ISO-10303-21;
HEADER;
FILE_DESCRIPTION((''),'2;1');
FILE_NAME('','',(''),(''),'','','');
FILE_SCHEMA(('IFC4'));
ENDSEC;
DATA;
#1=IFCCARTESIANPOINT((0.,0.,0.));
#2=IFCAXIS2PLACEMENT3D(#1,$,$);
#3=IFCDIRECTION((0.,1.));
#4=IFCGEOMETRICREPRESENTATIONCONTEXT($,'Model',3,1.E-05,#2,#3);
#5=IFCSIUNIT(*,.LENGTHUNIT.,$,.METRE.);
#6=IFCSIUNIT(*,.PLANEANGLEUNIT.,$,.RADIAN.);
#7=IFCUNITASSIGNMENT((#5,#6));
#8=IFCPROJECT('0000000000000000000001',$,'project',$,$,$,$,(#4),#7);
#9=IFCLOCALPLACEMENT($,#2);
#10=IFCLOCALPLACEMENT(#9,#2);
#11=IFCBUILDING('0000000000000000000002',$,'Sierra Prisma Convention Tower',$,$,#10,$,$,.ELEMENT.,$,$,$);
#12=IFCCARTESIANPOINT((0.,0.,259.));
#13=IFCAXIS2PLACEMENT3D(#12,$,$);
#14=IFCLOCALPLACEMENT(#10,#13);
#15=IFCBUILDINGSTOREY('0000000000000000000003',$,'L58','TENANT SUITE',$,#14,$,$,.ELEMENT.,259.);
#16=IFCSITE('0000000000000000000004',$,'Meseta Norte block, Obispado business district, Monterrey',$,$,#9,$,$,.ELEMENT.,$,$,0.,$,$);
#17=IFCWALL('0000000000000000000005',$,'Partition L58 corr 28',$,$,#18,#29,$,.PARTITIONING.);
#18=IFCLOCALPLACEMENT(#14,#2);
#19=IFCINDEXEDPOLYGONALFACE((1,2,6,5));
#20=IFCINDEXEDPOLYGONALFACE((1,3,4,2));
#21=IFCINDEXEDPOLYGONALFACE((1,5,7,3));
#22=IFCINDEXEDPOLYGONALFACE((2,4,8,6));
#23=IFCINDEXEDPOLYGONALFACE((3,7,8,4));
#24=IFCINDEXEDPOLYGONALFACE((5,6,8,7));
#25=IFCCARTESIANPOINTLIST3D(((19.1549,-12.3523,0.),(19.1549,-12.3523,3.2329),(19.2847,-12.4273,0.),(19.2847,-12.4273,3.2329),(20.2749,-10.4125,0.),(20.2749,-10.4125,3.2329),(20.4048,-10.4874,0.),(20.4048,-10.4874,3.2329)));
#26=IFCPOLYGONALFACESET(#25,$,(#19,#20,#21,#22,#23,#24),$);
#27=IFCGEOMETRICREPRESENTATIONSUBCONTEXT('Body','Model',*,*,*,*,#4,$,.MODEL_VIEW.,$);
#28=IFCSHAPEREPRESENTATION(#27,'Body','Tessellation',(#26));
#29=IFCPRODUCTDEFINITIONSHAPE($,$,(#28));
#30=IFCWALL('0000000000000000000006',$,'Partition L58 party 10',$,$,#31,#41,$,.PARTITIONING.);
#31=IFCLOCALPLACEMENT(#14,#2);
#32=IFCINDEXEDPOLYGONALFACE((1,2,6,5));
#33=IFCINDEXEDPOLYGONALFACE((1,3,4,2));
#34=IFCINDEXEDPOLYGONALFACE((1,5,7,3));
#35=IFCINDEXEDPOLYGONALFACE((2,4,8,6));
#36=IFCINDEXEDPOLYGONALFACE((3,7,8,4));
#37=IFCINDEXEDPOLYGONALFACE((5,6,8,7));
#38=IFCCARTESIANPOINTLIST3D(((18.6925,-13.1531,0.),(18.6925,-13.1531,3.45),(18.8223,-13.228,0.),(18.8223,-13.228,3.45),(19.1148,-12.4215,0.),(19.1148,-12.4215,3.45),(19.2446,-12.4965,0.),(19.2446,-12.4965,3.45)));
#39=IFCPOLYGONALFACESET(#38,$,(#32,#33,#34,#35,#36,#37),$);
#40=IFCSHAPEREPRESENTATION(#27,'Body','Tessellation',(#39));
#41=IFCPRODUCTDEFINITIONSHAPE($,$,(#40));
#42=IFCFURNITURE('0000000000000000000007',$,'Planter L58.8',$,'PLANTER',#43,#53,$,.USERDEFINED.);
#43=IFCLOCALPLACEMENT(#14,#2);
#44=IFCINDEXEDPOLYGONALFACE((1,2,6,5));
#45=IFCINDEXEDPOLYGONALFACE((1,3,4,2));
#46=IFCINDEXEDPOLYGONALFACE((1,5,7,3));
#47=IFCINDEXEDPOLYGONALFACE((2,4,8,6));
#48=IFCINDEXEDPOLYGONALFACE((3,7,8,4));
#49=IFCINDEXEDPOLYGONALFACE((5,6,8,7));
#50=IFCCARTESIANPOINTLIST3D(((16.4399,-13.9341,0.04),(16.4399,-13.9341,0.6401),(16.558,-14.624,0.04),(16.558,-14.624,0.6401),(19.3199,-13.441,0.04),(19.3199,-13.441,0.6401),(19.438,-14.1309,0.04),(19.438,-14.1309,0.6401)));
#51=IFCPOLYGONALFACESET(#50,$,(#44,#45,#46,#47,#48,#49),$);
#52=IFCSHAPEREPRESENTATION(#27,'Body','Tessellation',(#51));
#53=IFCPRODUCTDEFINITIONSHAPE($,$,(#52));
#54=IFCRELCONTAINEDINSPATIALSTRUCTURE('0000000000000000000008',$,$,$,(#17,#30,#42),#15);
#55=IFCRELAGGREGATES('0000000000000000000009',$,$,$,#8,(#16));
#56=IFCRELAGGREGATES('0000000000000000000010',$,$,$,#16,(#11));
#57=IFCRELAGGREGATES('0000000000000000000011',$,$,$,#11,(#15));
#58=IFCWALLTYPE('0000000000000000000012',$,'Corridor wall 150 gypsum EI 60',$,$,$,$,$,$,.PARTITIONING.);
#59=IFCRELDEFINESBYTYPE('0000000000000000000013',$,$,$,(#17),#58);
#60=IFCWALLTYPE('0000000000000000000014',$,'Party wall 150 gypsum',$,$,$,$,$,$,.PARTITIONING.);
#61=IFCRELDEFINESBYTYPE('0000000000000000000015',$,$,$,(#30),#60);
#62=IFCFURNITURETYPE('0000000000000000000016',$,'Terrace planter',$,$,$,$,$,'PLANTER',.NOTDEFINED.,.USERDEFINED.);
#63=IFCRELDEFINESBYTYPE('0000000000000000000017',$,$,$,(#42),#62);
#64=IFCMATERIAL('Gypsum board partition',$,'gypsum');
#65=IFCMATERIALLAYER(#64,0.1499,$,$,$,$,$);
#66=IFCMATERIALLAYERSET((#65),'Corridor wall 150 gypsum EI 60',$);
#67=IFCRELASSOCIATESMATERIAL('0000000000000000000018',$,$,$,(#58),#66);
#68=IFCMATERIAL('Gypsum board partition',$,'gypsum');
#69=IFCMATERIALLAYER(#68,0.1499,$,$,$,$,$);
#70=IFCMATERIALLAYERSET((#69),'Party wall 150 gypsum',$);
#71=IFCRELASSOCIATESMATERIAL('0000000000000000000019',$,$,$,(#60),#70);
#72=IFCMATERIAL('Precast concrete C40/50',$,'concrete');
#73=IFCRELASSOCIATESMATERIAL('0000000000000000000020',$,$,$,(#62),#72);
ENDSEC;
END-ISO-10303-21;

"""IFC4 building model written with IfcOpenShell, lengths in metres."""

from ifc_helpers import new_model, si_unit, direction, frame, frame_2d, origin, origin_2d, place, context, subcontext, project, spatial, rectangle, extrude, material, layer, layer_set, type_object, element, save


model = new_model("IFC4")

# Units and contexts
model_context = context("Model", 3, precision=1e-05, world=origin(), true_north=direction((0.0, 1.0)))
body_context = subcontext(model_context, "Body", "Model", "MODEL_VIEW")
ifc_project = project(units=[si_unit("LENGTHUNIT", "METRE"), si_unit("PLANEANGLEUNIT", "RADIAN")], contexts=[model_context])

# Site, building, storey
site_placement = place(None, origin())
site = spatial("IfcSite", under=ifc_project, at=site_placement, Name="Meseta Norte block, Obispado business district, Monterrey", CompositionType="ELEMENT", RefElevation=0.0)
building_placement = place(site_placement, origin())
building = spatial("IfcBuilding", under=site, at=building_placement, Name="Sierra Prisma Convention Tower", CompositionType="ELEMENT")
storey_placement = place(building_placement, frame((0.0, 0.0, 259.0)))
storey = spatial("IfcBuildingStorey", under=building, at=storey_placement, Name="L58", Description="TENANT SUITE", CompositionType="ELEMENT", Elevation=259.0)

# Walls
ifc_material_1 = material(Name="Gypsum board partition", Category="gypsum")
ifc_layer_1 = layer(ifc_material_1, 0.1499)
ifc_layer_set_1 = layer_set([ifc_layer_1], Name="Corridor wall 150 gypsum EI 60")
wall_type_1 = type_object("IfcWallType", Name="Corridor wall 150 gypsum EI 60", PredefinedType="PARTITIONING", material=ifc_layer_set_1)
wall_1_placement = place(storey_placement, frame((19.2197, -12.3899, 0.0), z_axis=(0.0, 0.0, 1.0), x_axis=(0.500031, 0.866008, 0.0)))
element("IfcWall", 1, at=wall_1_placement, inside=storey, type_object=wall_type_1, Name="Partition L58 corr 28", PredefinedType="PARTITIONING", context=body_context, shape_type="SweptSolid", body=[
    extrude(rectangle(XDim=2.24, YDim=0.1499, at=frame_2d((1.1201, 0.0))), origin(), (0.0, 0.0, 1.0), 3.2329),
])
ifc_material_2 = material(Name="Gypsum board partition", Category="gypsum")
ifc_layer_2 = layer(ifc_material_2, 0.1499)
ifc_layer_set_2 = layer_set([ifc_layer_2], Name="Party wall 150 gypsum")
wall_type_2 = type_object("IfcWallType", Name="Party wall 150 gypsum", PredefinedType="PARTITIONING", material=ifc_layer_set_2)
wall_2_placement = place(storey_placement, frame((19.1797, -12.459, 0.0), z_axis=(0.0, 0.0, 1.0), x_axis=(-0.499931, -0.866065, 0.0)))
element("IfcWall", 2, at=wall_2_placement, inside=storey, type_object=wall_type_2, Name="Partition L58 party 10", PredefinedType="PARTITIONING", context=body_context, shape_type="SweptSolid", body=[
    extrude(rectangle(XDim=0.8447, YDim=0.1499, at=frame_2d((0.4224, 0.0))), origin(), (0.0, 0.0, 1.0), 3.45),
])

# Furniture
ifc_material_3 = material(Name="Precast concrete C40/50", Category="concrete")
furniture_type = type_object("IfcFurnitureType", Name="Terrace planter", ElementType="PLANTER", AssemblyPlace="NOTDEFINED", PredefinedType="USERDEFINED", material=ifc_material_3)
furniture_placement = place(storey_placement, frame((17.939, -14.0325, 0.04), z_axis=(0.0, 0.0, 1.0), x_axis=(0.985658, 0.168754, 0.0)))
element("IfcFurniture", 3, at=furniture_placement, inside=storey, type_object=furniture_type, Name="Planter L58.8", ObjectType="PLANTER", PredefinedType="USERDEFINED", context=body_context, shape_type="SweptSolid", body=[
    extrude(rectangle(XDim=2.9219, YDim=0.7, at=origin_2d()), origin(), (0.0, 0.0, 1.0), 0.6001),
])

save(model, "model.ifc")
